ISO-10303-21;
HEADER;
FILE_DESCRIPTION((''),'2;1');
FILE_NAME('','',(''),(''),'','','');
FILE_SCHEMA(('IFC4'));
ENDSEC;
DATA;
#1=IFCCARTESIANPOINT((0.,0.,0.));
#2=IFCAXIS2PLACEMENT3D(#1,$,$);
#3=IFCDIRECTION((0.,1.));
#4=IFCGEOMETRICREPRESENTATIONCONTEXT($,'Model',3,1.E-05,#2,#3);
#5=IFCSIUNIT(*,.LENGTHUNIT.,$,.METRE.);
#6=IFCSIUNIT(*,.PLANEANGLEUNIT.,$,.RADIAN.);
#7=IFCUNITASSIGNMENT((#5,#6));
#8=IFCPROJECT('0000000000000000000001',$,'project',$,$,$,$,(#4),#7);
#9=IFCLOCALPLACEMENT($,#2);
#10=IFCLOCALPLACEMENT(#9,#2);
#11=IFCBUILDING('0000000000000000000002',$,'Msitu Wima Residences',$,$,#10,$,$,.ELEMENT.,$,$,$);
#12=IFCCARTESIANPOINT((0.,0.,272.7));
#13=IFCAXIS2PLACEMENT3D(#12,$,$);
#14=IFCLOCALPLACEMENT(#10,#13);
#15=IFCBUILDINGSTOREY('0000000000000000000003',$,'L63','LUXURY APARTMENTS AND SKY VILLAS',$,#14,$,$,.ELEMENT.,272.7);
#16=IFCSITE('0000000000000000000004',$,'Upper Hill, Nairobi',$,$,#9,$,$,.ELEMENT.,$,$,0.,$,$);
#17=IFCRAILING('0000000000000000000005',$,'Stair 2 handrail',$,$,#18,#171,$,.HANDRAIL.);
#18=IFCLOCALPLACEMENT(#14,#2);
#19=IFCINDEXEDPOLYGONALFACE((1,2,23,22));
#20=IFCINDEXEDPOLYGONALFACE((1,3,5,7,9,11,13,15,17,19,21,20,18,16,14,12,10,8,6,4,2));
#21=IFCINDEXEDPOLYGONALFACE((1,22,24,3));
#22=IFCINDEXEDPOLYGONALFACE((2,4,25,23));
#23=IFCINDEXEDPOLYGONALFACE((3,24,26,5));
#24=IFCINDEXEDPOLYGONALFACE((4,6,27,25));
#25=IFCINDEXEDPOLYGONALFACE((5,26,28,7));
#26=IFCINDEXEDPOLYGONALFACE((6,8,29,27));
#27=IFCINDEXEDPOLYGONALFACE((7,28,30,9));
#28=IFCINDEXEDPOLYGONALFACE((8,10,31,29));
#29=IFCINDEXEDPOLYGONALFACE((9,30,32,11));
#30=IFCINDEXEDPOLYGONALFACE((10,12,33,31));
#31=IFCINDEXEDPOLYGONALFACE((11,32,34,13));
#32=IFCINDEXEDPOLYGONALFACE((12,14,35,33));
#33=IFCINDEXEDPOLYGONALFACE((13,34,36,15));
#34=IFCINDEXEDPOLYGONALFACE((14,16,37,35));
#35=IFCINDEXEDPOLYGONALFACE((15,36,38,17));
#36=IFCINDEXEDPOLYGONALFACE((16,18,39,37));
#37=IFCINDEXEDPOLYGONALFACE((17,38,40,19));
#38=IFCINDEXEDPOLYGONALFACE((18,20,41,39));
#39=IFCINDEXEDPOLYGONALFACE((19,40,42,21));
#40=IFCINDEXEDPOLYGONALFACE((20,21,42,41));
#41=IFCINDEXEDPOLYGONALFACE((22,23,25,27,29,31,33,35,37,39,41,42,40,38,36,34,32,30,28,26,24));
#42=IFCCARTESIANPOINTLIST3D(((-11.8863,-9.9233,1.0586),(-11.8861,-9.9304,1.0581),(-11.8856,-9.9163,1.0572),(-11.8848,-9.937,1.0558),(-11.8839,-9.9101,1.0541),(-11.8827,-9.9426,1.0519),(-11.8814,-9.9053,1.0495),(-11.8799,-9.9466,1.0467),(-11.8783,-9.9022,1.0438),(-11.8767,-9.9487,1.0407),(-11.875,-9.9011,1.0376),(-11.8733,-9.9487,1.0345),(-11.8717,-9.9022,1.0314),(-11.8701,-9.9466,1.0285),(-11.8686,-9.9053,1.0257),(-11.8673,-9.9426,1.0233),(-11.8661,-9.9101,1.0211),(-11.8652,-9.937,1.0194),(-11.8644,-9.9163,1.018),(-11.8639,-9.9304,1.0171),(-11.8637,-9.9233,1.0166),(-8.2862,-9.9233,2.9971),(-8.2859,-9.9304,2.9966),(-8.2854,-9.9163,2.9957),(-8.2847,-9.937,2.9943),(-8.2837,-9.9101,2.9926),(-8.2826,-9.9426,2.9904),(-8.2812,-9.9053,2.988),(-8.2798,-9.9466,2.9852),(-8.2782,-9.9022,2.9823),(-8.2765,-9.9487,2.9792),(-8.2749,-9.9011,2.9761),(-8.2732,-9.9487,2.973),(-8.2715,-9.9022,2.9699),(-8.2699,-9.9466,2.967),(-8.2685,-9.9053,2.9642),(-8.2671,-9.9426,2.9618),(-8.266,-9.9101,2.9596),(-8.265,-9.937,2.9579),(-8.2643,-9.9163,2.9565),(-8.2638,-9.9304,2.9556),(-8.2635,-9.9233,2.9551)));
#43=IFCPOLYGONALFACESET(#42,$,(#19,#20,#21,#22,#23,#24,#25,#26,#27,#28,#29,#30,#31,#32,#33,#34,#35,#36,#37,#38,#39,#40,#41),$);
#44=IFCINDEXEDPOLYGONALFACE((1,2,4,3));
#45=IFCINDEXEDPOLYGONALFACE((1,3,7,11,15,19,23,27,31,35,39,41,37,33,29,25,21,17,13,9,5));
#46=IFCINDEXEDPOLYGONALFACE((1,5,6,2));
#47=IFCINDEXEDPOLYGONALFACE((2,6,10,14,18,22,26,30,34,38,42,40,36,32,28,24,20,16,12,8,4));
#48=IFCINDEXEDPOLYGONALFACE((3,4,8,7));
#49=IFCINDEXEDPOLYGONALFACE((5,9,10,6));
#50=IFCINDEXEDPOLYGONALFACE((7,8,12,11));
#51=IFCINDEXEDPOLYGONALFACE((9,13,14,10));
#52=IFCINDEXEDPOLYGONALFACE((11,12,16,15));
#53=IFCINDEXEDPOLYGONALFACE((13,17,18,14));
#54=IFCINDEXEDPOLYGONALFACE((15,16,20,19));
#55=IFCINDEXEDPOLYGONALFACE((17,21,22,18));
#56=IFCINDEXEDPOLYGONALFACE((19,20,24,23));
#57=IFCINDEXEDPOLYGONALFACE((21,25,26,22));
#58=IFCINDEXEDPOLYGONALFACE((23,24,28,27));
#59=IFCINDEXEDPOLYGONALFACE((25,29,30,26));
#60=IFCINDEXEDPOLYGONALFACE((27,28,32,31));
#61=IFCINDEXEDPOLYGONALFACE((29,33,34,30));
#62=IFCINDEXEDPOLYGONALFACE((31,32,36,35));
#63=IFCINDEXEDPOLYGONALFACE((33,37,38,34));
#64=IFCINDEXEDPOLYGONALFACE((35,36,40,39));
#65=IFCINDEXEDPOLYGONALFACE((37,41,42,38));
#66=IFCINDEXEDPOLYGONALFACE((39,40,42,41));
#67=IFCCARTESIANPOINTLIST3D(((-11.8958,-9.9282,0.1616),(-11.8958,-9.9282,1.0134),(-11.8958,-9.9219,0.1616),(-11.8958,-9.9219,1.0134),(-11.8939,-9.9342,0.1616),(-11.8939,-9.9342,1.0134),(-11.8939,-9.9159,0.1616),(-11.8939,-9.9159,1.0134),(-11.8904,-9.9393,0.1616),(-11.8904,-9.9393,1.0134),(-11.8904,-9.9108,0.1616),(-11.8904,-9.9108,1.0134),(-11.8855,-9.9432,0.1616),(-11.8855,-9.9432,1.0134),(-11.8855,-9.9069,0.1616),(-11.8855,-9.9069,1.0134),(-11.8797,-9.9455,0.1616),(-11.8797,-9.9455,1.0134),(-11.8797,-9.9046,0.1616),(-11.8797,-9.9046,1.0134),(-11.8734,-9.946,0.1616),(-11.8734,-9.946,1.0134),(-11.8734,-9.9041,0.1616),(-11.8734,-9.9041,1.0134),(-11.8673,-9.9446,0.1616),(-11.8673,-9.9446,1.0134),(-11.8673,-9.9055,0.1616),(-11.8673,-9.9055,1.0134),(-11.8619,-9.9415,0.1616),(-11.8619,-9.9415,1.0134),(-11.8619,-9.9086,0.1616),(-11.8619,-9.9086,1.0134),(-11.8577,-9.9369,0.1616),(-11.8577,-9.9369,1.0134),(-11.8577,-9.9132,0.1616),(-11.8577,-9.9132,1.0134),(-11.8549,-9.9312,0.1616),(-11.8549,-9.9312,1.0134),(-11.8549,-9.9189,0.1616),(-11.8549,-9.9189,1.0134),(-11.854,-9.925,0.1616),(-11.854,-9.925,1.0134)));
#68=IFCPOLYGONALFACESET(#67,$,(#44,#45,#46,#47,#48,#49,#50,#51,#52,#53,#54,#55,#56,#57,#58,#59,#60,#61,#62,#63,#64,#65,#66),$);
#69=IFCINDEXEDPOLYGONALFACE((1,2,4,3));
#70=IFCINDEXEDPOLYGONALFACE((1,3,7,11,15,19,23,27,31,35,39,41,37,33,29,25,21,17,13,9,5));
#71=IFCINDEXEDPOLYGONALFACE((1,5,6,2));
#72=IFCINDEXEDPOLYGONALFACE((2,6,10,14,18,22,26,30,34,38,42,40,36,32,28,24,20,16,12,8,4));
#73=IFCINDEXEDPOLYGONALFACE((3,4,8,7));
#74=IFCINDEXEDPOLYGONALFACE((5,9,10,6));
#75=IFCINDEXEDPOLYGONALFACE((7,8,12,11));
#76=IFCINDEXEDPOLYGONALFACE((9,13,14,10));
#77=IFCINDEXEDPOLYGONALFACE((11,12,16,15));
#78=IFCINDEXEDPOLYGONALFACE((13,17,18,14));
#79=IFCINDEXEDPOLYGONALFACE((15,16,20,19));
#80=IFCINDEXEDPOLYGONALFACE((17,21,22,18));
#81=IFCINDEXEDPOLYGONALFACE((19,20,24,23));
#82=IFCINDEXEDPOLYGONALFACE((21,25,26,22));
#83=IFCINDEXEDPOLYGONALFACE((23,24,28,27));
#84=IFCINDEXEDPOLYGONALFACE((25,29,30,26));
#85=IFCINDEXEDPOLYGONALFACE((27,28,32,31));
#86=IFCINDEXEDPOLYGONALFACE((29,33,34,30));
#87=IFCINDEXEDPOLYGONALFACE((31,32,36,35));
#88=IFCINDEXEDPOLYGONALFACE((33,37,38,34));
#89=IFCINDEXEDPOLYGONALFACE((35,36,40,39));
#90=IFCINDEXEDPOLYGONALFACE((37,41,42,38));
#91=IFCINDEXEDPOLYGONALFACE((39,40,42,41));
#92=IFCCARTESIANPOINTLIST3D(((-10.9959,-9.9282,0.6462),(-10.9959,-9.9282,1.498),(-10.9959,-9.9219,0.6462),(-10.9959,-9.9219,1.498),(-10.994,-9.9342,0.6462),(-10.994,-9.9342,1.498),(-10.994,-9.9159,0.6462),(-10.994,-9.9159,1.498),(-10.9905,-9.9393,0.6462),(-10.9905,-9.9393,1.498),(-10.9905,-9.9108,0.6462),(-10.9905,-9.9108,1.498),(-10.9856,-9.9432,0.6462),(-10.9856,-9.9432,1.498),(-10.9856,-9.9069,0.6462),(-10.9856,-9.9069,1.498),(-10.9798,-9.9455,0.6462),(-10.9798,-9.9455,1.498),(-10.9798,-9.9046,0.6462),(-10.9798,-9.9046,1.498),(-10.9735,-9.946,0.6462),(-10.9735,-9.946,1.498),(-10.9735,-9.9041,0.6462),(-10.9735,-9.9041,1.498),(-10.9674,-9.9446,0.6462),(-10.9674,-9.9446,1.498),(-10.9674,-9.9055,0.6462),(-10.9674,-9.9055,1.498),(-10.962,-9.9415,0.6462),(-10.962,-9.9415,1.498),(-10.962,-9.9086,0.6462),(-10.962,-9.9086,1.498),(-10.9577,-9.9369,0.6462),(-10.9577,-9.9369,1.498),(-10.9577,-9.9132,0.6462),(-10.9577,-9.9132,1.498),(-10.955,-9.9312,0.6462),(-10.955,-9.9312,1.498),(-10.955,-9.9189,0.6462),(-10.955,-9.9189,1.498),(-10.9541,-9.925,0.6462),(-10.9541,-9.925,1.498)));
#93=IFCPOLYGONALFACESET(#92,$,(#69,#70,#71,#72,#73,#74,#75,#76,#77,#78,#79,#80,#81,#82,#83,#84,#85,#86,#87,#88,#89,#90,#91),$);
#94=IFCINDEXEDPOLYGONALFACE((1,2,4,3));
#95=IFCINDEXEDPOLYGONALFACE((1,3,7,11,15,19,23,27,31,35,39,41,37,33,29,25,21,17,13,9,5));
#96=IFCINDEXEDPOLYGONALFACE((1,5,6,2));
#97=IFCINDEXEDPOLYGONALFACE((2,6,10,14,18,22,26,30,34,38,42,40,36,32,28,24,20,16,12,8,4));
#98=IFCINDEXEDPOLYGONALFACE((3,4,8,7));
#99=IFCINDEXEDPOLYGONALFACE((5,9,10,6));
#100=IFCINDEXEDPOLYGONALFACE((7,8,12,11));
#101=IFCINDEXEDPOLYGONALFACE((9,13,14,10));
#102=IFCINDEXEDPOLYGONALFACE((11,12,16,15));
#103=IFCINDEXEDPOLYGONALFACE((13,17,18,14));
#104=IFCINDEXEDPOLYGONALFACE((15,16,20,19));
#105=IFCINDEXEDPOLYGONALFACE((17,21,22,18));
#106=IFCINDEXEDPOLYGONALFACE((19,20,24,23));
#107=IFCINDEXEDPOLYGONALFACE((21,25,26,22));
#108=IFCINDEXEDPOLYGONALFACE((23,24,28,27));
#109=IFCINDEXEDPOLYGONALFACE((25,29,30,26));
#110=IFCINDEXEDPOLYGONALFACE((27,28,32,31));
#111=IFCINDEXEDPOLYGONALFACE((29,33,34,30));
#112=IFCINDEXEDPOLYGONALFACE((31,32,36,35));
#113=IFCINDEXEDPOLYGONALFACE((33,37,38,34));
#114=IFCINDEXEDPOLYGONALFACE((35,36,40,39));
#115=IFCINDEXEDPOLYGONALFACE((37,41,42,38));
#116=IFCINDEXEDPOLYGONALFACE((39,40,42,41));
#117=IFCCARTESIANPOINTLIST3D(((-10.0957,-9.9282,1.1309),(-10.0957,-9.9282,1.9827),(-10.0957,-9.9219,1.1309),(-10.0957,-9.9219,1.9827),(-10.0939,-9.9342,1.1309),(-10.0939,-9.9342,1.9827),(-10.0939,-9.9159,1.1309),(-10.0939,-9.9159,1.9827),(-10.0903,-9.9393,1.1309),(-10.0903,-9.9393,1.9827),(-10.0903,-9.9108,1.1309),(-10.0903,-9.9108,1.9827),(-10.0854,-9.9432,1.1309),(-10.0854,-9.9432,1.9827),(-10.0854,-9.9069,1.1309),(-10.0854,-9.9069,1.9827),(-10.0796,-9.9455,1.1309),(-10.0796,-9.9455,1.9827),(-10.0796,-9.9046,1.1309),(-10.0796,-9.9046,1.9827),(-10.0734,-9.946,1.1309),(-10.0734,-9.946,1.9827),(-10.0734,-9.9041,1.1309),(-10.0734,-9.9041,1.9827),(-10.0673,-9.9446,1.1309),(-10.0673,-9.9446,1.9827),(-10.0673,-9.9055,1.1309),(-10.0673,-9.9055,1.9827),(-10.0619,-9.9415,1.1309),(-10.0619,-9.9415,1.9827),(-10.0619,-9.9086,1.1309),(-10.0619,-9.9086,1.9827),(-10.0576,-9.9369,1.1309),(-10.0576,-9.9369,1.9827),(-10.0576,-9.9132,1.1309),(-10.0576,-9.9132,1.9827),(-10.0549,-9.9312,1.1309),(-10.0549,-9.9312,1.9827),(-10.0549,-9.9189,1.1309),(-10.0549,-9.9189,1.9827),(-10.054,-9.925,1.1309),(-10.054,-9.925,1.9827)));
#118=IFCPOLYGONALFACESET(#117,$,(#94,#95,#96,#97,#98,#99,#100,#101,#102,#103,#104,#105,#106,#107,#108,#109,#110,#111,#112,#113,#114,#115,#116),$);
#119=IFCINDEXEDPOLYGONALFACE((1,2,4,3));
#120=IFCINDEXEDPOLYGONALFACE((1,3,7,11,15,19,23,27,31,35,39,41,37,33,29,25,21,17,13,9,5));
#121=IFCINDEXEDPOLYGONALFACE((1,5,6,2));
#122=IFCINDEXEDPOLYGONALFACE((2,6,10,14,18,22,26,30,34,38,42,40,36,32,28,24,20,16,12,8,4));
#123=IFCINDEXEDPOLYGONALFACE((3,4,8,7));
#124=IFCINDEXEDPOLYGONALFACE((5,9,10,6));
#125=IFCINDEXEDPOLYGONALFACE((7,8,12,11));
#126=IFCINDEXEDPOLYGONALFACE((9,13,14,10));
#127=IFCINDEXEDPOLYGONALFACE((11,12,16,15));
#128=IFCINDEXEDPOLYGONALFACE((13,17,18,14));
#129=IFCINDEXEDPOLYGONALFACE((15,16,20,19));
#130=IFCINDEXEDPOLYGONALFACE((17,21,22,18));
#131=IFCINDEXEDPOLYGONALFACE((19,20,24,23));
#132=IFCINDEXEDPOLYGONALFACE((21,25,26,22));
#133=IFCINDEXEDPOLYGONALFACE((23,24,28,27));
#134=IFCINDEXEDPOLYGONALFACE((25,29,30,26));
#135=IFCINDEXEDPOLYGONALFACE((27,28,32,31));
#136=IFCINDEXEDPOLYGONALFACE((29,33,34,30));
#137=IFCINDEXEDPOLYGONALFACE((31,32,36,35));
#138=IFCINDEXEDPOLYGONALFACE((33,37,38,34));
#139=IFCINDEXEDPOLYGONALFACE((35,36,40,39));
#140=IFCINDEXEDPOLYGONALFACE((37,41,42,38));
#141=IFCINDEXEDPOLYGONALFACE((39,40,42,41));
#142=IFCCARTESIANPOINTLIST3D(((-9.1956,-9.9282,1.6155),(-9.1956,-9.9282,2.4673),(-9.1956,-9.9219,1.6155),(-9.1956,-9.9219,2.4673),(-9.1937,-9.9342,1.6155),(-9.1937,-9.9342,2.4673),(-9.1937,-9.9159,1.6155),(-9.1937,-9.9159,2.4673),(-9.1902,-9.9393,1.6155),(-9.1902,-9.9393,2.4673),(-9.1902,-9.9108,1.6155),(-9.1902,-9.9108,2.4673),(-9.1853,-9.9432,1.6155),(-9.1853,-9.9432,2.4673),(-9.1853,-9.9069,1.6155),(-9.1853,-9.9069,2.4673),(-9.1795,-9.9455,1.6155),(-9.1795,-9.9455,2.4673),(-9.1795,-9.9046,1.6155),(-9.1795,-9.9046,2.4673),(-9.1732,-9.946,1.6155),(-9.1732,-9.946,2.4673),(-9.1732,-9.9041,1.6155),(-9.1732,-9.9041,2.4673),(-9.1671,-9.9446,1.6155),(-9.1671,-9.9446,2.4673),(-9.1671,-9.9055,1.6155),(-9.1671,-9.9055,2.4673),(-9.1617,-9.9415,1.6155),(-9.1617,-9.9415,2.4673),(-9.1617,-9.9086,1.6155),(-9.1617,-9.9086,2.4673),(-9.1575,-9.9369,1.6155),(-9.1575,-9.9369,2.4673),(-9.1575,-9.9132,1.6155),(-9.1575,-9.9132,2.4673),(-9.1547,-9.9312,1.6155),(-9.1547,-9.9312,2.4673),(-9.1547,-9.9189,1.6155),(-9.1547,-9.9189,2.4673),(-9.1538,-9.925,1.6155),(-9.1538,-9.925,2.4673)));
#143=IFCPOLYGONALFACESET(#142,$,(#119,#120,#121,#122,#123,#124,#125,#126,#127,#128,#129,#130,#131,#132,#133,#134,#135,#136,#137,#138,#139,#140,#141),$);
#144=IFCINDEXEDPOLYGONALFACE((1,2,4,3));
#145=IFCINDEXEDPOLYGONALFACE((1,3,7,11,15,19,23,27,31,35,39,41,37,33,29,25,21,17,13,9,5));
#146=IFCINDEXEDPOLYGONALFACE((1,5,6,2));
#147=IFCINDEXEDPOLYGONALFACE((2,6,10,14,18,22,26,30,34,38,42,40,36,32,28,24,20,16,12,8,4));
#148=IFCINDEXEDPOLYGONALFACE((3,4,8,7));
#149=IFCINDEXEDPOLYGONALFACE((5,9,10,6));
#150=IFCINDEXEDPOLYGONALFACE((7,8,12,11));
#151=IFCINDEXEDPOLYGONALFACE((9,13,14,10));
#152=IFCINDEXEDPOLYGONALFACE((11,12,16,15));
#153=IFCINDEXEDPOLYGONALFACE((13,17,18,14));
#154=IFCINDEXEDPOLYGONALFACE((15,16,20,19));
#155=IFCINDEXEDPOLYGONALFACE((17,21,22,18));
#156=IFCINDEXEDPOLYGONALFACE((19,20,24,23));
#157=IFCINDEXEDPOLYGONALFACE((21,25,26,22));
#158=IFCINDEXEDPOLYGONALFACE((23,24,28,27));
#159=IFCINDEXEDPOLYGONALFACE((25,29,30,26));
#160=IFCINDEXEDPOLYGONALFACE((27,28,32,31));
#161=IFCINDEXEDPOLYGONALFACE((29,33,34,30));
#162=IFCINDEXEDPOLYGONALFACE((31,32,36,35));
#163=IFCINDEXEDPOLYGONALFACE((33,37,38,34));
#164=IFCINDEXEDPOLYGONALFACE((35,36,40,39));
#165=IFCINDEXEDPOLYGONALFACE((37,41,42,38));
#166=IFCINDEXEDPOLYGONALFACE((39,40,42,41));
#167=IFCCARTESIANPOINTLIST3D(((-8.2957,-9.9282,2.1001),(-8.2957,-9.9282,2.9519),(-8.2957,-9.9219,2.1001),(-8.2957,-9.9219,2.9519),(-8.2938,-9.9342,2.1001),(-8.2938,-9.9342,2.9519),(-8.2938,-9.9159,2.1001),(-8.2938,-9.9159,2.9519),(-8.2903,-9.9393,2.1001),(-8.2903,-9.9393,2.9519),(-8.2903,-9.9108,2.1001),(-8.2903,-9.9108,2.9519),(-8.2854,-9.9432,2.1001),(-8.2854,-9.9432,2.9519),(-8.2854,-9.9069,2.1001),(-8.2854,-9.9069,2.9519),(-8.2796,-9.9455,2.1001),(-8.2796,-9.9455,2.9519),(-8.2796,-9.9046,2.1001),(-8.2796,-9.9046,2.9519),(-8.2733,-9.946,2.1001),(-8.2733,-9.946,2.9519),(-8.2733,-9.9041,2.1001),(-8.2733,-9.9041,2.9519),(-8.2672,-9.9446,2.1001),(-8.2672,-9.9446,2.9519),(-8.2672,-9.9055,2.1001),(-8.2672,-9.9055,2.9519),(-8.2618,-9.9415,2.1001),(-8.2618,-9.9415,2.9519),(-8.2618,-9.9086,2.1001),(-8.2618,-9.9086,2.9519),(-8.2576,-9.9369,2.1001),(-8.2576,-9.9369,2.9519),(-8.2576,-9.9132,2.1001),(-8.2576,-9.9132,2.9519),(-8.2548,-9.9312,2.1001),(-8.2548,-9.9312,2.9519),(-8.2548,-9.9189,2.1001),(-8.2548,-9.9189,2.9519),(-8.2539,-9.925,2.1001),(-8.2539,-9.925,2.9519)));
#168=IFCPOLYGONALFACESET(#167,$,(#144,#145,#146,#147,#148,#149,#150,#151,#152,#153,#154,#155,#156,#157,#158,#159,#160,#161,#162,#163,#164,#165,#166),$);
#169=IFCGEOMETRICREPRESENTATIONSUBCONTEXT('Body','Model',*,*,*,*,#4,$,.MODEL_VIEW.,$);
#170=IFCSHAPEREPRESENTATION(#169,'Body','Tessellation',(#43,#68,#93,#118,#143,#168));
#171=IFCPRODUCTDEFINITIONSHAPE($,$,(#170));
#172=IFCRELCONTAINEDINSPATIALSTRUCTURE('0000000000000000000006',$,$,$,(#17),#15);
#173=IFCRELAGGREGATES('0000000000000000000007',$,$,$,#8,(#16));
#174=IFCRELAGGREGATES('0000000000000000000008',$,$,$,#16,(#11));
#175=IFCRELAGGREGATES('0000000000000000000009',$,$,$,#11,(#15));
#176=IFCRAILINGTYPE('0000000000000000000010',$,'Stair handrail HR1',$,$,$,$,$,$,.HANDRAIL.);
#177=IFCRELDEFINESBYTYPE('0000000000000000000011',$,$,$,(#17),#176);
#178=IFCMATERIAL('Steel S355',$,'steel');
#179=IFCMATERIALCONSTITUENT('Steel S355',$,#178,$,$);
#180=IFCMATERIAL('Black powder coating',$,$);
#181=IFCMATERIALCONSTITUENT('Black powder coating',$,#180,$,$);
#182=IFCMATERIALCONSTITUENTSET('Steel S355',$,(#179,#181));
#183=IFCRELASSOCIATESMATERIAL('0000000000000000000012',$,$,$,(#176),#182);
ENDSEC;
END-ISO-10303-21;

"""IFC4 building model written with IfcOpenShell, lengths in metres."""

from ifc_helpers import new_model, si_unit, direction, frame, origin, origin_2d, place, context, subcontext, project, spatial, circle, extrude, material, constituent, constituent_set, type_object, element, save


model = new_model("IFC4")

# Units and contexts
model_context = context("Model", 3, precision=1e-05, world=origin(), true_north=direction((0.0, 1.0)))
body_context = subcontext(model_context, "Body", "Model", "MODEL_VIEW")
ifc_project = project(units=[si_unit("LENGTHUNIT", "METRE"), si_unit("PLANEANGLEUNIT", "RADIAN")], contexts=[model_context])

# Site, building, storey
site_placement = place(None, origin())
site = spatial("IfcSite", under=ifc_project, at=site_placement, Name="Upper Hill, Nairobi", CompositionType="ELEMENT", RefElevation=0.0)
building_placement = place(site_placement, origin())
building = spatial("IfcBuilding", under=site, at=building_placement, Name="Msitu Wima Residences", CompositionType="ELEMENT")
storey_placement = place(building_placement, frame((0.0, 0.0, 272.7)))
storey = spatial("IfcBuildingStorey", under=building, at=storey_placement, Name="L63", Description="LUXURY APARTMENTS AND SKY VILLAS", CompositionType="ELEMENT", Elevation=272.7)

# Railing
ifc_material_1 = material(Name="Steel S355", Category="steel")
ifc_constituent_1 = constituent(ifc_material_1, Name="Steel S355")
ifc_material_2 = material(Name="Black powder coating")
ifc_constituent_2 = constituent(ifc_material_2, Name="Black powder coating")
ifc_constituent_set = constituent_set(constituents=[ifc_constituent_1, ifc_constituent_2], Name="Steel S355")
railing_type = type_object("IfcRailingType", Name="Stair handrail HR1", PredefinedType="HANDRAIL", material=ifc_constituent_set)
for number, where, name in (
    (1, (-11.875, -9.925, 0.1616), "Stair 2 handrail"),
):
    element("IfcRailing", number, at=place(storey_placement, frame(where)), inside=storey, type_object=railing_type, Name=name, PredefinedType="HANDRAIL", context=body_context, shape_type="SweptSolid", body=[
        extrude(circle(Radius=0.0239, at=origin_2d()), frame((0.0, 0.0, 0.876), z_axis=(0.880475, 0.0, 0.474093), x_axis=(0.0, 1.0, 0.0)), (0.0, 0.0, 1.0), 4.0889),
        extrude(circle(Radius=0.021, at=origin_2d()), origin(), (0.0, 0.0, 1.0), 0.8518),
        extrude(circle(Radius=0.021, at=origin_2d()), frame((0.8999, 0.0, 0.4846)), (0.0, 0.0, 1.0), 0.8518),
        extrude(circle(Radius=0.021, at=origin_2d()), frame((1.8, 0.0, 0.9692)), (0.0, 0.0, 1.0), 0.8518),
        extrude(circle(Radius=0.021, at=origin_2d()), frame((2.7002, 0.0, 1.4539)), (0.0, 0.0, 1.0), 0.8518),
        extrude(circle(Radius=0.021, at=origin_2d()), frame((3.6001, 0.0, 1.9385)), (0.0, 0.0, 1.0), 0.8518),
    ])

save(model, "model.ifc")
